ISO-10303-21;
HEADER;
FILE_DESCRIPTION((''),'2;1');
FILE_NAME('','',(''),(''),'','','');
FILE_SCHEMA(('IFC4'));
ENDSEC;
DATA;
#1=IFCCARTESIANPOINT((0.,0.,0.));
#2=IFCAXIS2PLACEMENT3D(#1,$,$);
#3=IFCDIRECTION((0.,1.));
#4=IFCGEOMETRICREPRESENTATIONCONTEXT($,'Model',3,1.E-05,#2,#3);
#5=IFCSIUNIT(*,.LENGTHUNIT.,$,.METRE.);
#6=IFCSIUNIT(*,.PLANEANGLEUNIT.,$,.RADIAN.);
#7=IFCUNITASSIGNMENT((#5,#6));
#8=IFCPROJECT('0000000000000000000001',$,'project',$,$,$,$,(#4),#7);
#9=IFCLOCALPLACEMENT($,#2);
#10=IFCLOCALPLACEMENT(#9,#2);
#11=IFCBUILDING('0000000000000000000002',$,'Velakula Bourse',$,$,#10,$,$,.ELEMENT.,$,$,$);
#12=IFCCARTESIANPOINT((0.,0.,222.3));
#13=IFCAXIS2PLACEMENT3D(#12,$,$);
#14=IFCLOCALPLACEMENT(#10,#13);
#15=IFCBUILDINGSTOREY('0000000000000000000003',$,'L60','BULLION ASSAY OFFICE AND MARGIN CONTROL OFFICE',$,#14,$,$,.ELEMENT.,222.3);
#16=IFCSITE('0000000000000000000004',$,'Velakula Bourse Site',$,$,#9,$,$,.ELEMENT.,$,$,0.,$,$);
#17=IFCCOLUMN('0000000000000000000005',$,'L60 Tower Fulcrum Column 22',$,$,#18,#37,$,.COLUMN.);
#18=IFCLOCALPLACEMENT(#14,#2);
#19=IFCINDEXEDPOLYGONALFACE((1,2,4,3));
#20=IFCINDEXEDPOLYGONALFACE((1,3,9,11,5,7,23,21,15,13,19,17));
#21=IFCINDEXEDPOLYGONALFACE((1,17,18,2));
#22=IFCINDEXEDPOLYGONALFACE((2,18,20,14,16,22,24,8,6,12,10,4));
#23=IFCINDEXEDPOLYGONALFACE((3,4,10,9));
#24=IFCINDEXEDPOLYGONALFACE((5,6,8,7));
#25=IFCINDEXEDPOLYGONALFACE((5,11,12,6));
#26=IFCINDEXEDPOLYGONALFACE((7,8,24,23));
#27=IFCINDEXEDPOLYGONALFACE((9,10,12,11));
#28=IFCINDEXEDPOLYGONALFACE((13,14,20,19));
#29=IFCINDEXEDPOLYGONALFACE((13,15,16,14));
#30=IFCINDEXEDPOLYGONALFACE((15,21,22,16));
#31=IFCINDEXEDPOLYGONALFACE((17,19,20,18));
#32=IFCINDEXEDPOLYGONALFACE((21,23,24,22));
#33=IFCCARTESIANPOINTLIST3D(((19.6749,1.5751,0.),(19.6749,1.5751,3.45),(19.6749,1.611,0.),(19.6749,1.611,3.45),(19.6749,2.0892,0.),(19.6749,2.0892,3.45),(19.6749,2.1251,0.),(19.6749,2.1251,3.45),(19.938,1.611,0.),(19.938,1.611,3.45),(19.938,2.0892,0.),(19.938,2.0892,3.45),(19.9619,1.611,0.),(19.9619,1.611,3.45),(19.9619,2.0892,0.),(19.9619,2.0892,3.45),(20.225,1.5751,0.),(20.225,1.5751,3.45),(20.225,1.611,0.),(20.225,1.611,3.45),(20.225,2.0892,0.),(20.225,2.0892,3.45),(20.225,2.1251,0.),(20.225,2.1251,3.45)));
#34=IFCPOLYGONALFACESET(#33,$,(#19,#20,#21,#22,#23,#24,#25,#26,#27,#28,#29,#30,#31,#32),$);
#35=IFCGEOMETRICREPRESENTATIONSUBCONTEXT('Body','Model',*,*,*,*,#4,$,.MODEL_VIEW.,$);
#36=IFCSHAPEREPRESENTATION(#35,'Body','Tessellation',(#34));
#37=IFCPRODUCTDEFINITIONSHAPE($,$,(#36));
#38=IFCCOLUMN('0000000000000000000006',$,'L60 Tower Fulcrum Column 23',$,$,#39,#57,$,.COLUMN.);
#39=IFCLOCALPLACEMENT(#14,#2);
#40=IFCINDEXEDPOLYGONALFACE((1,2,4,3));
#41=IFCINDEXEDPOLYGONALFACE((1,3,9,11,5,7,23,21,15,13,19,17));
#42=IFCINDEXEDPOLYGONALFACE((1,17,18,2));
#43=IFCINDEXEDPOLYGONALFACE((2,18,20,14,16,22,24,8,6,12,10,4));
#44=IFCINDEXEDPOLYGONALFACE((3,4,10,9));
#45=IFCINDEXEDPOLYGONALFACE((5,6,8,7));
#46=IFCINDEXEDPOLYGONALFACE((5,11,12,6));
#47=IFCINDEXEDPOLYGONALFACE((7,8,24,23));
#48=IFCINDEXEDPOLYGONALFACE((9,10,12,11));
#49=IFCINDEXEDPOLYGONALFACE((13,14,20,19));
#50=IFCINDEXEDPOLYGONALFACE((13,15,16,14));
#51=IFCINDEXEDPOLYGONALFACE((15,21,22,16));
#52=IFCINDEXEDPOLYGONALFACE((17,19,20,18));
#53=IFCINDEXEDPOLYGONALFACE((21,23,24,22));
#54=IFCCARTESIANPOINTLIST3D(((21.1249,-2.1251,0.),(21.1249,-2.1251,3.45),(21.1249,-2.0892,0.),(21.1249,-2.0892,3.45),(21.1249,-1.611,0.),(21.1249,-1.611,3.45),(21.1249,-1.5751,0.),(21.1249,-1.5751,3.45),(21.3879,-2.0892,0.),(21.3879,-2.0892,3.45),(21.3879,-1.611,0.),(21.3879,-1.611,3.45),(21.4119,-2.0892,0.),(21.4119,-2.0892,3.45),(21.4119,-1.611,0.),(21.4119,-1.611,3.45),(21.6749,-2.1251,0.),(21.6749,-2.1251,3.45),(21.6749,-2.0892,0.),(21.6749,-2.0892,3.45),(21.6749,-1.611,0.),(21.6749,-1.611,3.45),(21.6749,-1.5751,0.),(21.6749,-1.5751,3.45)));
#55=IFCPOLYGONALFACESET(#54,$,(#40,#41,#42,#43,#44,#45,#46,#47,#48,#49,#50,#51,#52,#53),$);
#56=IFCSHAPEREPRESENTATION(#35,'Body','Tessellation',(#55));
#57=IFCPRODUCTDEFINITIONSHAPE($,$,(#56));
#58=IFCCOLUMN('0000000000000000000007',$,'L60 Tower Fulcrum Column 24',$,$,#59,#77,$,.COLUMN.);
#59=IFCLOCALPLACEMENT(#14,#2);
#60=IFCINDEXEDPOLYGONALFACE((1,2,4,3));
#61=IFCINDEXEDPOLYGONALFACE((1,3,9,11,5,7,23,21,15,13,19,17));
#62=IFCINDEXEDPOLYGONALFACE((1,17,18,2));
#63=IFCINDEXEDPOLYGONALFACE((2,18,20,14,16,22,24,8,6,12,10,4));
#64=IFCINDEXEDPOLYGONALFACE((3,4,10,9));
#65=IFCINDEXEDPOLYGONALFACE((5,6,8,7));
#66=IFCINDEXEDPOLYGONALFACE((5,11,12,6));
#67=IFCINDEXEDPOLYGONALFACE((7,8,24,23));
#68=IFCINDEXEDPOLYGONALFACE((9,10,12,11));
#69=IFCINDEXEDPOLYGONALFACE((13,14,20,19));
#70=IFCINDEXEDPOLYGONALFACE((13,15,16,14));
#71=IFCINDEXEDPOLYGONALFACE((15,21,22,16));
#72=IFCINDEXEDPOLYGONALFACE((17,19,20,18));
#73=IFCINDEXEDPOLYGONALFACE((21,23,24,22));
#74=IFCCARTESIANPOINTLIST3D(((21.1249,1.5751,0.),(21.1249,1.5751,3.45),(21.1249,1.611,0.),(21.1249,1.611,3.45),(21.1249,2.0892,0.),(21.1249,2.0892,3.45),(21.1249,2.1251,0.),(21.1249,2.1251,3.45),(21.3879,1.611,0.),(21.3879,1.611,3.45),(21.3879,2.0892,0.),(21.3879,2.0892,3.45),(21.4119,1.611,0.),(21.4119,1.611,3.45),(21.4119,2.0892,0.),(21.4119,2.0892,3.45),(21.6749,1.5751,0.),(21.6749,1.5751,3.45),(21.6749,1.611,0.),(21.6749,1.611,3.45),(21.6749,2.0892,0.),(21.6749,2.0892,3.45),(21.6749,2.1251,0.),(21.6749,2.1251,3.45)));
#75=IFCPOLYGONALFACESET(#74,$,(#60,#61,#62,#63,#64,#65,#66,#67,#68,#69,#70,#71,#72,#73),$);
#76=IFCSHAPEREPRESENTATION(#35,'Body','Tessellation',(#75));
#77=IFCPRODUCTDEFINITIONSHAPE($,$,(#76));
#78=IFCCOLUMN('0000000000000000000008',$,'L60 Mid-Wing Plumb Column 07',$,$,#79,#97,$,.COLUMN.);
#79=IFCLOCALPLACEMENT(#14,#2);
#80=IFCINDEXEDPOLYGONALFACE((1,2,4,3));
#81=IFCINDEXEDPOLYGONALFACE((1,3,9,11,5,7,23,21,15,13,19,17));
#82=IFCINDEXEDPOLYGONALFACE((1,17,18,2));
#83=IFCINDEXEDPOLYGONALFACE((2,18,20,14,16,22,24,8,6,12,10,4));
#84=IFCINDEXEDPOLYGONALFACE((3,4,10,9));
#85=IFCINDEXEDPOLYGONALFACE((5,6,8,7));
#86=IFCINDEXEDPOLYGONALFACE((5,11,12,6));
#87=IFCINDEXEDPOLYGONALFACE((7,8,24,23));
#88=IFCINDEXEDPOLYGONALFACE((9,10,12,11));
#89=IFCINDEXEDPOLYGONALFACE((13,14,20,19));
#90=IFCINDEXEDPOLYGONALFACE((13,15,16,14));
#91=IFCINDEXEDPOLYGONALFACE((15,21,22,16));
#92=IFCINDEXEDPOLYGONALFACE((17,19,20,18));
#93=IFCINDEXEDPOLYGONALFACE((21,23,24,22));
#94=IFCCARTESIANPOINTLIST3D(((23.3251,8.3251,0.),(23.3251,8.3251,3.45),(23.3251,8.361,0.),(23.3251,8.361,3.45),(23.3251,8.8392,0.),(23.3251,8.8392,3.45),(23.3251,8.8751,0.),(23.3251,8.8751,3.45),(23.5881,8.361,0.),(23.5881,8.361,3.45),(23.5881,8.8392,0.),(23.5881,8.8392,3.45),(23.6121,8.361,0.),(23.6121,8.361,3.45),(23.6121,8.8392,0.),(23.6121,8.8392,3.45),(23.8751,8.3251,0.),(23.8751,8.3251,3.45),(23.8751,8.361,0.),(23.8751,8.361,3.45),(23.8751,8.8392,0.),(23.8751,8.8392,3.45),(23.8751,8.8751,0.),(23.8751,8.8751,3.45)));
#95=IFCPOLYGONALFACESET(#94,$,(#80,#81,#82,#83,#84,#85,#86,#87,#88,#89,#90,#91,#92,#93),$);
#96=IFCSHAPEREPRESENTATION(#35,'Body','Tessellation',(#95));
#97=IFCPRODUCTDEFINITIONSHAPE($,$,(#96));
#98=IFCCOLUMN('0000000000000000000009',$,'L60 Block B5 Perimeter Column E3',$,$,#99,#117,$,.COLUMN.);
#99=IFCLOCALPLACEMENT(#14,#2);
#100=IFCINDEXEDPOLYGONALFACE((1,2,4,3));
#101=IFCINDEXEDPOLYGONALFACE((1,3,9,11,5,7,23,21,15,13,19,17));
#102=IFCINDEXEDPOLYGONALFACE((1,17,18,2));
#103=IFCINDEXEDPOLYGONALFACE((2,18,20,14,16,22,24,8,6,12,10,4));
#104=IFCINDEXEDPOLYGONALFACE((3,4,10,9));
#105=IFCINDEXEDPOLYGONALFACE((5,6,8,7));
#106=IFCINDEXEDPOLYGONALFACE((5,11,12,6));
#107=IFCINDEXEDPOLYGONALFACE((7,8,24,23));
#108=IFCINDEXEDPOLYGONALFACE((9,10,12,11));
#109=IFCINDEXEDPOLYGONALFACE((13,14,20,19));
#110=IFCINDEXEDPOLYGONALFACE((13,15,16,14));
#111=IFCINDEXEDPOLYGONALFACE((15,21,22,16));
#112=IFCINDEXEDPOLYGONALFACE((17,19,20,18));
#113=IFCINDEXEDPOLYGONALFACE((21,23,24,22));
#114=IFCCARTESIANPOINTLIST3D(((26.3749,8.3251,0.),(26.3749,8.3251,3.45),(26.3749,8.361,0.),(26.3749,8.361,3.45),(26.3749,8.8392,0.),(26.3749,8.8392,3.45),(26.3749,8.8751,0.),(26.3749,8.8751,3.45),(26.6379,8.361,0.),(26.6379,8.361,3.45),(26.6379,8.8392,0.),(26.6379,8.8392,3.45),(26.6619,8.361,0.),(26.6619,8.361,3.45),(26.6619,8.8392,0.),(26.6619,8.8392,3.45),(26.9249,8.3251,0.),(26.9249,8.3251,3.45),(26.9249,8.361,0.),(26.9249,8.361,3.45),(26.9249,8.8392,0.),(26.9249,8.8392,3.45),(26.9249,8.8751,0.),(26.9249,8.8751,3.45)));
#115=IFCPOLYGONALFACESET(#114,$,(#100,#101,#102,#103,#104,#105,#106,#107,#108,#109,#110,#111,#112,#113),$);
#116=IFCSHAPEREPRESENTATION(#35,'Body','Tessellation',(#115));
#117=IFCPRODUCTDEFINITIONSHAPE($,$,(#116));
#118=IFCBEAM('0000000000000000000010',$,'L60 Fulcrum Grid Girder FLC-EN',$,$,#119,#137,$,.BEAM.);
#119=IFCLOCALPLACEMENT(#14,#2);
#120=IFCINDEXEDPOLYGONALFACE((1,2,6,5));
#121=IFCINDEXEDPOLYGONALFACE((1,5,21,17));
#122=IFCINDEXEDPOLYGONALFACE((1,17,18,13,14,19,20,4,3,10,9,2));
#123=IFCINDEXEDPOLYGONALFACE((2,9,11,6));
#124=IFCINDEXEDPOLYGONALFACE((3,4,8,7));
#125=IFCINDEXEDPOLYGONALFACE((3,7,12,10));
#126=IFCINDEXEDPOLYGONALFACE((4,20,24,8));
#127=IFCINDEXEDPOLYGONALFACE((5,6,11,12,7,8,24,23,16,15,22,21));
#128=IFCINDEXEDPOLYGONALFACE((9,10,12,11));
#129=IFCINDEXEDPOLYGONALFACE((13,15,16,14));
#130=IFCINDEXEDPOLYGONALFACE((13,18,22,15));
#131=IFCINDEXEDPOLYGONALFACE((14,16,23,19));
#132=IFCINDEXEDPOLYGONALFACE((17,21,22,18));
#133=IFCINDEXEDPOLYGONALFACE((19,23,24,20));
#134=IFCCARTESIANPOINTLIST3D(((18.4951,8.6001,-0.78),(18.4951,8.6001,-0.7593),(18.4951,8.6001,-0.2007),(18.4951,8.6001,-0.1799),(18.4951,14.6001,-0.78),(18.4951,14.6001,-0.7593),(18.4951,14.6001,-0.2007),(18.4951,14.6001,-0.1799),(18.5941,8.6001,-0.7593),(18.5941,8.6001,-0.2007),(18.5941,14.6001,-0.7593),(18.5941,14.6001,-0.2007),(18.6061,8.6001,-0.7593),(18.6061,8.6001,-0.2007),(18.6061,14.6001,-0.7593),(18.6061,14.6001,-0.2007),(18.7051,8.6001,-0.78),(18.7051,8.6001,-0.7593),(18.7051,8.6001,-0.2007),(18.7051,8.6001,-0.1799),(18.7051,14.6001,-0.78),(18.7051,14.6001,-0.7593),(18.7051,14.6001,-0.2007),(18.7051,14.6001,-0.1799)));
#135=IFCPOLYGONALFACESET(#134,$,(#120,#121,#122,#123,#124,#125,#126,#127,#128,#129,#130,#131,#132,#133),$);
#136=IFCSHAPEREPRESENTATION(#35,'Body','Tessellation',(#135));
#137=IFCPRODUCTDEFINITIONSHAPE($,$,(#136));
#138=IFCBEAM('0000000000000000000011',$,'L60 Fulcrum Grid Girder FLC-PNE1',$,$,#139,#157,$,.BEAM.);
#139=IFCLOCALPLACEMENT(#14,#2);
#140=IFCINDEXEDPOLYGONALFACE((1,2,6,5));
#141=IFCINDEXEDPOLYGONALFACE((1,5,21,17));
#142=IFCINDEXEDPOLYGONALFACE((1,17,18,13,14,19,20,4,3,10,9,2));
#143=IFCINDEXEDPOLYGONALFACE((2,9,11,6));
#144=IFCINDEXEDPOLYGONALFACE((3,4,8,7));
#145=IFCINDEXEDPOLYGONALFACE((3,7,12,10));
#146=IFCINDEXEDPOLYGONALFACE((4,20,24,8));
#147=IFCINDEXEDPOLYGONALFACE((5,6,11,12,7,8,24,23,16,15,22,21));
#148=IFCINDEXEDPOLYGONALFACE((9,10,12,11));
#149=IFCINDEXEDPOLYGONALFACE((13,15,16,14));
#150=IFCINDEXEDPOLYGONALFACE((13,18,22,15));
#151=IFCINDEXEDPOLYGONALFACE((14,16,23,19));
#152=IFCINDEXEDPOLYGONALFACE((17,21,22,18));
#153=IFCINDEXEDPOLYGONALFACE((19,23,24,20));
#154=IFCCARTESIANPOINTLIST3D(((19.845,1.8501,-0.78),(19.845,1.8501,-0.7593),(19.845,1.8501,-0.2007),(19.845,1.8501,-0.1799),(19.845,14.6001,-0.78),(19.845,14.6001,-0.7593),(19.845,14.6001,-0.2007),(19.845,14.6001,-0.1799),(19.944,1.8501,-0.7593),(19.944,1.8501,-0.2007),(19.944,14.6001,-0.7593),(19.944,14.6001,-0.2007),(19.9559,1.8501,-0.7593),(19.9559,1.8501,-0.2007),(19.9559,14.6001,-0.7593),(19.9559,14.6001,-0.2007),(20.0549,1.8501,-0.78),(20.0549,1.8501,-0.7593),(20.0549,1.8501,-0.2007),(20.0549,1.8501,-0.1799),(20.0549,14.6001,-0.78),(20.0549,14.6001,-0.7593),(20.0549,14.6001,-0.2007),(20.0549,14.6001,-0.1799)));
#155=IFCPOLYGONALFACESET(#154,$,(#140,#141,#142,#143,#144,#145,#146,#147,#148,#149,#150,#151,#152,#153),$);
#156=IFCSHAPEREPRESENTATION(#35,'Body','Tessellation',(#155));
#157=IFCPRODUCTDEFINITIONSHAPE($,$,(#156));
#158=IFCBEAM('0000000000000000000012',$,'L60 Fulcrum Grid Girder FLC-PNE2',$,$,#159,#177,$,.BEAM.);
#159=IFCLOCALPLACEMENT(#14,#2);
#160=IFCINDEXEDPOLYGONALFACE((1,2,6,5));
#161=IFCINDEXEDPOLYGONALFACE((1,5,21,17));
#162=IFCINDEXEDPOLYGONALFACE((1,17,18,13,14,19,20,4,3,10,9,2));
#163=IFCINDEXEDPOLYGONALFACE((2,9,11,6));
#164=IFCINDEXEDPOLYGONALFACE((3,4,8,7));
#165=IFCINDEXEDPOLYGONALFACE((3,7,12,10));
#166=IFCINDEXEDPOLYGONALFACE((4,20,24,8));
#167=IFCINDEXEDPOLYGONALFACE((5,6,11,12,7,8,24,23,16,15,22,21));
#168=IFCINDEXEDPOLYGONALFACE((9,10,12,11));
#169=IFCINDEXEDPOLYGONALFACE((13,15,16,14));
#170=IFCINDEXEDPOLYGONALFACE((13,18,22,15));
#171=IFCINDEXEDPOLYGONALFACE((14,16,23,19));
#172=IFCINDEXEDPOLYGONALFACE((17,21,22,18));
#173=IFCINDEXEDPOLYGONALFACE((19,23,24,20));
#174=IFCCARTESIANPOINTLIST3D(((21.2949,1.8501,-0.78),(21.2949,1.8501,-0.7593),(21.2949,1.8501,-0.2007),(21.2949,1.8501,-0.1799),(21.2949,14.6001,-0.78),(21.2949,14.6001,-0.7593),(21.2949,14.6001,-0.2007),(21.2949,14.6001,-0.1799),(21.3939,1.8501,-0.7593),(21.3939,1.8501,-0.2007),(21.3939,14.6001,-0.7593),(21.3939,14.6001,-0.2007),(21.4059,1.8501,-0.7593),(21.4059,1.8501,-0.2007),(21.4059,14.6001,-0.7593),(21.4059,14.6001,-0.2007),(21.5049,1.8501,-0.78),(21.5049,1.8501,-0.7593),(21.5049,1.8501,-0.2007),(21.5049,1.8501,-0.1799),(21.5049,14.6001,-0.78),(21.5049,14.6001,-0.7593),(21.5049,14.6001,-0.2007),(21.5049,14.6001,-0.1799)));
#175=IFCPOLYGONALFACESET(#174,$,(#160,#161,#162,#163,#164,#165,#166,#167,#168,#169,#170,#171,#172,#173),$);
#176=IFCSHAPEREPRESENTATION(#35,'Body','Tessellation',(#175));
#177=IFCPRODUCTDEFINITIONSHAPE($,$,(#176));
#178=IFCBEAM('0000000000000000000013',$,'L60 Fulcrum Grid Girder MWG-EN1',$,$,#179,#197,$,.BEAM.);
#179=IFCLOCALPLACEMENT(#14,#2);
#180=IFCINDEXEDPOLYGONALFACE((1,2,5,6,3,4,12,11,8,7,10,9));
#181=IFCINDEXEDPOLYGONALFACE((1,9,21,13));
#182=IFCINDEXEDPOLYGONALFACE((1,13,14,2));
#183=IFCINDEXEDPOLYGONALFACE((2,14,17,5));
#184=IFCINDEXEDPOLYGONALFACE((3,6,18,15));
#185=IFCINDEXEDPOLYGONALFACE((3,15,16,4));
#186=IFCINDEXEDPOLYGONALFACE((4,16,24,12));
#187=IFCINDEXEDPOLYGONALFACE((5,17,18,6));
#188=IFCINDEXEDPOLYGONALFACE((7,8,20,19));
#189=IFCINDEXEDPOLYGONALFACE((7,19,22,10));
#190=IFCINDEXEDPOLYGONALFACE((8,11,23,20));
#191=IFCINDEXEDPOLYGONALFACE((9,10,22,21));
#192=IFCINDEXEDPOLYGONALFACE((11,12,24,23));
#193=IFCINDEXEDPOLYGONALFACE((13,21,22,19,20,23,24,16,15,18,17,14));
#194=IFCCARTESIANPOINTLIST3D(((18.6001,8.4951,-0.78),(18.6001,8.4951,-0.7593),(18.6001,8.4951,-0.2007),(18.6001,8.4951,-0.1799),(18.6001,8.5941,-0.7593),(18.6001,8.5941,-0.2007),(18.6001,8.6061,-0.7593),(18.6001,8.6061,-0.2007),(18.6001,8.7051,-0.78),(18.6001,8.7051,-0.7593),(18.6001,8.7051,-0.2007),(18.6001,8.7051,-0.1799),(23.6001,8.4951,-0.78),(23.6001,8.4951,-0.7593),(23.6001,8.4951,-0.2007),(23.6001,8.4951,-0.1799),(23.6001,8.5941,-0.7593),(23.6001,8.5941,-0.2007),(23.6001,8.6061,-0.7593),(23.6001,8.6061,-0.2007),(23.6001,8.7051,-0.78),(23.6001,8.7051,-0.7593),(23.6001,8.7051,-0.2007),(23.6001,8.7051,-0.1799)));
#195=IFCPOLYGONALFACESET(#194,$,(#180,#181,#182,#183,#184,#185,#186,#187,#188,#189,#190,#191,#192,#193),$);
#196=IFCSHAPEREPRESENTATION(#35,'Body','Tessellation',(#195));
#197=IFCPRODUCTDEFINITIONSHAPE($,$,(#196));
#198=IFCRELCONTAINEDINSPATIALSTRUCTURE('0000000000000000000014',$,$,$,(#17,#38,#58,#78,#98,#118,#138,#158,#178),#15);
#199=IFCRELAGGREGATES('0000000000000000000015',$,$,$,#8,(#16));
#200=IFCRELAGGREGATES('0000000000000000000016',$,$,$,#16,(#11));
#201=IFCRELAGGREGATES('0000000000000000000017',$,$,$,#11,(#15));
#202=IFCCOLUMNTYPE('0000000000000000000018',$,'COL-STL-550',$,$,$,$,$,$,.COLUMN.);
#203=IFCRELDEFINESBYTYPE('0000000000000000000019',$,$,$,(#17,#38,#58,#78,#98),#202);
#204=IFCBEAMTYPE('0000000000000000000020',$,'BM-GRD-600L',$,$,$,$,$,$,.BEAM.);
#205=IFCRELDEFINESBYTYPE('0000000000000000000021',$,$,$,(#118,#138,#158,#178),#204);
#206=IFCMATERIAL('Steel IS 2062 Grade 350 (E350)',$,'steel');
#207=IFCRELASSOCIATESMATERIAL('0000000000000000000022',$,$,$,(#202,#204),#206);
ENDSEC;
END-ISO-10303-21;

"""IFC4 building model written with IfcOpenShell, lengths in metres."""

from ifc_helpers import new_model, si_unit, direction, frame, origin, origin_2d, place, context, subcontext, project, spatial, i_section, extrude, material, material_profile, profile_set, type_object, element, save


model = new_model("IFC4")

# Units and contexts
model_context = context("Model", 3, precision=1e-05, world=origin(), true_north=direction((0.0, 1.0)))
body_context = subcontext(model_context, "Body", "Model", "MODEL_VIEW")
ifc_project = project(units=[si_unit("LENGTHUNIT", "METRE"), si_unit("PLANEANGLEUNIT", "RADIAN")], contexts=[model_context])

# Site, building, storey
site_placement = place(None, origin())
site = spatial("IfcSite", under=ifc_project, at=site_placement, Name="Velakula Bourse Site", CompositionType="ELEMENT", RefElevation=0.0)
building_placement = place(site_placement, origin())
building = spatial("IfcBuilding", under=site, at=building_placement, Name="Velakula Bourse", CompositionType="ELEMENT")
storey_placement = place(building_placement, frame((0.0, 0.0, 222.3)))
storey = spatial("IfcBuildingStorey", under=building, at=storey_placement, Name="L60", Description="BULLION ASSAY OFFICE AND MARGIN CONTROL OFFICE", CompositionType="ELEMENT", Elevation=222.3)

# Columns
ifc_material_1 = material(Name="Steel IS 2062 Grade 350 (E350)", Category="steel")
ifc_material_profile_1 = material_profile(ifc_material_1, i_section(OverallWidth=0.55, OverallDepth=0.55, WebThickness=0.0239, FlangeThickness=0.0359, at=origin_2d()), Name="Steel IS 2062 Grade 350 (E350)")
ifc_profile_set_1 = profile_set([ifc_material_profile_1], Name="Steel IS 2062 Grade 350 (E350)")
column_type = type_object("IfcColumnType", Name="COL-STL-550", PredefinedType="COLUMN", material=ifc_profile_set_1)
for number, where, z_axis, x_axis, name in (
    (1, (19.95, 1.8501, 0.0), (0.0, 0.0, 1.0), (1.0, 0.0, 0.0), "L60 Tower Fulcrum Column 22"),
    (2, (21.3999, -1.8501, 0.0), (0.0, 0.0, 1.0), (1.0, 0.0, 0.0), "L60 Tower Fulcrum Column 23"),
    (3, (21.3999, 1.8501, 0.0), (0.0, 0.0, 1.0), (1.0, 0.0, 0.0), "L60 Tower Fulcrum Column 24"),
    (4, (23.6001, 8.6001, 0.0), (0.0, 0.0, 1.0), (1.0, 0.0, 0.0), "L60 Mid-Wing Plumb Column 07"),
    (5, (26.6499, 8.6001, 0.0), (0.0, 0.0, 1.0), (1.0, 0.0, 0.0), "L60 Block B5 Perimeter Column E3"),
):
    element("IfcColumn", number, at=place(storey_placement, frame(where, z_axis=z_axis, x_axis=x_axis)), inside=storey, type_object=column_type, Name=name, PredefinedType="COLUMN", context=body_context, shape_type="SweptSolid", body=[
        extrude(i_section(OverallWidth=0.55, OverallDepth=0.55, WebThickness=0.0239, FlangeThickness=0.0359, at=origin_2d()), origin(), (0.0, 0.0, 1.0), 3.45),
    ])

# Beams
ifc_material_profile_2 = material_profile(ifc_material_1, i_section(OverallWidth=0.21, OverallDepth=0.6001, WebThickness=0.012, FlangeThickness=0.0208, at=origin_2d()), Name="Steel IS 2062 Grade 350 (E350)")
ifc_profile_set_2 = profile_set([ifc_material_profile_2], Name="Steel IS 2062 Grade 350 (E350)")
beam_type_1 = type_object("IfcBeamType", Name="BM-GRD-600L", PredefinedType="BEAM", material=ifc_profile_set_2)
beam_1_placement = place(storey_placement, frame((18.6001, 8.6001, -0.48), z_axis=(0.0, 1.0, 0.0), x_axis=(-1.0, 0.0, 0.0)))
element("IfcBeam", 6, at=beam_1_placement, inside=storey, type_object=beam_type_1, Name="L60 Fulcrum Grid Girder FLC-EN", PredefinedType="BEAM", context=body_context, shape_type="SweptSolid", body=[
    extrude(i_section(OverallWidth=0.21, OverallDepth=0.6001, WebThickness=0.012, FlangeThickness=0.0208, at=origin_2d()), origin(), (0.0, 0.0, 1.0), 6.0),
])
for number, where, z_axis, x_axis, name in (
    (7, (19.95, 1.8501, -0.48), (0.0, 1.0, 0.0), (-1.0, 0.0, 0.0), "L60 Fulcrum Grid Girder FLC-PNE1"),
    (8, (21.3999, 1.8501, -0.48), (0.0, 1.0, 0.0), (-1.0, 0.0, 0.0), "L60 Fulcrum Grid Girder FLC-PNE2"),
):
    element("IfcBeam", number, at=place(storey_placement, frame(where, z_axis=z_axis, x_axis=x_axis)), inside=storey, type_object=beam_type_1, Name=name, PredefinedType="BEAM", context=body_context, shape_type="SweptSolid", body=[
        extrude(i_section(OverallWidth=0.21, OverallDepth=0.6001, WebThickness=0.012, FlangeThickness=0.0208, at=origin_2d()), origin(), (0.0, 0.0, 1.0), 12.75),
    ])
beam_2_placement = place(storey_placement, frame((18.6001, 8.6001, -0.48), z_axis=(1.0, 0.0, 0.0), x_axis=(0.0, 1.0, 0.0)))
element("IfcBeam", 9, at=beam_2_placement, inside=storey, type_object=beam_type_1, Name="L60 Fulcrum Grid Girder MWG-EN1", PredefinedType="BEAM", context=body_context, shape_type="SweptSolid", body=[
    extrude(i_section(OverallWidth=0.21, OverallDepth=0.6001, WebThickness=0.012, FlangeThickness=0.0208, at=origin_2d()), origin(), (0.0, 0.0, 1.0), 5.0),
])

save(model, "model.ifc")
